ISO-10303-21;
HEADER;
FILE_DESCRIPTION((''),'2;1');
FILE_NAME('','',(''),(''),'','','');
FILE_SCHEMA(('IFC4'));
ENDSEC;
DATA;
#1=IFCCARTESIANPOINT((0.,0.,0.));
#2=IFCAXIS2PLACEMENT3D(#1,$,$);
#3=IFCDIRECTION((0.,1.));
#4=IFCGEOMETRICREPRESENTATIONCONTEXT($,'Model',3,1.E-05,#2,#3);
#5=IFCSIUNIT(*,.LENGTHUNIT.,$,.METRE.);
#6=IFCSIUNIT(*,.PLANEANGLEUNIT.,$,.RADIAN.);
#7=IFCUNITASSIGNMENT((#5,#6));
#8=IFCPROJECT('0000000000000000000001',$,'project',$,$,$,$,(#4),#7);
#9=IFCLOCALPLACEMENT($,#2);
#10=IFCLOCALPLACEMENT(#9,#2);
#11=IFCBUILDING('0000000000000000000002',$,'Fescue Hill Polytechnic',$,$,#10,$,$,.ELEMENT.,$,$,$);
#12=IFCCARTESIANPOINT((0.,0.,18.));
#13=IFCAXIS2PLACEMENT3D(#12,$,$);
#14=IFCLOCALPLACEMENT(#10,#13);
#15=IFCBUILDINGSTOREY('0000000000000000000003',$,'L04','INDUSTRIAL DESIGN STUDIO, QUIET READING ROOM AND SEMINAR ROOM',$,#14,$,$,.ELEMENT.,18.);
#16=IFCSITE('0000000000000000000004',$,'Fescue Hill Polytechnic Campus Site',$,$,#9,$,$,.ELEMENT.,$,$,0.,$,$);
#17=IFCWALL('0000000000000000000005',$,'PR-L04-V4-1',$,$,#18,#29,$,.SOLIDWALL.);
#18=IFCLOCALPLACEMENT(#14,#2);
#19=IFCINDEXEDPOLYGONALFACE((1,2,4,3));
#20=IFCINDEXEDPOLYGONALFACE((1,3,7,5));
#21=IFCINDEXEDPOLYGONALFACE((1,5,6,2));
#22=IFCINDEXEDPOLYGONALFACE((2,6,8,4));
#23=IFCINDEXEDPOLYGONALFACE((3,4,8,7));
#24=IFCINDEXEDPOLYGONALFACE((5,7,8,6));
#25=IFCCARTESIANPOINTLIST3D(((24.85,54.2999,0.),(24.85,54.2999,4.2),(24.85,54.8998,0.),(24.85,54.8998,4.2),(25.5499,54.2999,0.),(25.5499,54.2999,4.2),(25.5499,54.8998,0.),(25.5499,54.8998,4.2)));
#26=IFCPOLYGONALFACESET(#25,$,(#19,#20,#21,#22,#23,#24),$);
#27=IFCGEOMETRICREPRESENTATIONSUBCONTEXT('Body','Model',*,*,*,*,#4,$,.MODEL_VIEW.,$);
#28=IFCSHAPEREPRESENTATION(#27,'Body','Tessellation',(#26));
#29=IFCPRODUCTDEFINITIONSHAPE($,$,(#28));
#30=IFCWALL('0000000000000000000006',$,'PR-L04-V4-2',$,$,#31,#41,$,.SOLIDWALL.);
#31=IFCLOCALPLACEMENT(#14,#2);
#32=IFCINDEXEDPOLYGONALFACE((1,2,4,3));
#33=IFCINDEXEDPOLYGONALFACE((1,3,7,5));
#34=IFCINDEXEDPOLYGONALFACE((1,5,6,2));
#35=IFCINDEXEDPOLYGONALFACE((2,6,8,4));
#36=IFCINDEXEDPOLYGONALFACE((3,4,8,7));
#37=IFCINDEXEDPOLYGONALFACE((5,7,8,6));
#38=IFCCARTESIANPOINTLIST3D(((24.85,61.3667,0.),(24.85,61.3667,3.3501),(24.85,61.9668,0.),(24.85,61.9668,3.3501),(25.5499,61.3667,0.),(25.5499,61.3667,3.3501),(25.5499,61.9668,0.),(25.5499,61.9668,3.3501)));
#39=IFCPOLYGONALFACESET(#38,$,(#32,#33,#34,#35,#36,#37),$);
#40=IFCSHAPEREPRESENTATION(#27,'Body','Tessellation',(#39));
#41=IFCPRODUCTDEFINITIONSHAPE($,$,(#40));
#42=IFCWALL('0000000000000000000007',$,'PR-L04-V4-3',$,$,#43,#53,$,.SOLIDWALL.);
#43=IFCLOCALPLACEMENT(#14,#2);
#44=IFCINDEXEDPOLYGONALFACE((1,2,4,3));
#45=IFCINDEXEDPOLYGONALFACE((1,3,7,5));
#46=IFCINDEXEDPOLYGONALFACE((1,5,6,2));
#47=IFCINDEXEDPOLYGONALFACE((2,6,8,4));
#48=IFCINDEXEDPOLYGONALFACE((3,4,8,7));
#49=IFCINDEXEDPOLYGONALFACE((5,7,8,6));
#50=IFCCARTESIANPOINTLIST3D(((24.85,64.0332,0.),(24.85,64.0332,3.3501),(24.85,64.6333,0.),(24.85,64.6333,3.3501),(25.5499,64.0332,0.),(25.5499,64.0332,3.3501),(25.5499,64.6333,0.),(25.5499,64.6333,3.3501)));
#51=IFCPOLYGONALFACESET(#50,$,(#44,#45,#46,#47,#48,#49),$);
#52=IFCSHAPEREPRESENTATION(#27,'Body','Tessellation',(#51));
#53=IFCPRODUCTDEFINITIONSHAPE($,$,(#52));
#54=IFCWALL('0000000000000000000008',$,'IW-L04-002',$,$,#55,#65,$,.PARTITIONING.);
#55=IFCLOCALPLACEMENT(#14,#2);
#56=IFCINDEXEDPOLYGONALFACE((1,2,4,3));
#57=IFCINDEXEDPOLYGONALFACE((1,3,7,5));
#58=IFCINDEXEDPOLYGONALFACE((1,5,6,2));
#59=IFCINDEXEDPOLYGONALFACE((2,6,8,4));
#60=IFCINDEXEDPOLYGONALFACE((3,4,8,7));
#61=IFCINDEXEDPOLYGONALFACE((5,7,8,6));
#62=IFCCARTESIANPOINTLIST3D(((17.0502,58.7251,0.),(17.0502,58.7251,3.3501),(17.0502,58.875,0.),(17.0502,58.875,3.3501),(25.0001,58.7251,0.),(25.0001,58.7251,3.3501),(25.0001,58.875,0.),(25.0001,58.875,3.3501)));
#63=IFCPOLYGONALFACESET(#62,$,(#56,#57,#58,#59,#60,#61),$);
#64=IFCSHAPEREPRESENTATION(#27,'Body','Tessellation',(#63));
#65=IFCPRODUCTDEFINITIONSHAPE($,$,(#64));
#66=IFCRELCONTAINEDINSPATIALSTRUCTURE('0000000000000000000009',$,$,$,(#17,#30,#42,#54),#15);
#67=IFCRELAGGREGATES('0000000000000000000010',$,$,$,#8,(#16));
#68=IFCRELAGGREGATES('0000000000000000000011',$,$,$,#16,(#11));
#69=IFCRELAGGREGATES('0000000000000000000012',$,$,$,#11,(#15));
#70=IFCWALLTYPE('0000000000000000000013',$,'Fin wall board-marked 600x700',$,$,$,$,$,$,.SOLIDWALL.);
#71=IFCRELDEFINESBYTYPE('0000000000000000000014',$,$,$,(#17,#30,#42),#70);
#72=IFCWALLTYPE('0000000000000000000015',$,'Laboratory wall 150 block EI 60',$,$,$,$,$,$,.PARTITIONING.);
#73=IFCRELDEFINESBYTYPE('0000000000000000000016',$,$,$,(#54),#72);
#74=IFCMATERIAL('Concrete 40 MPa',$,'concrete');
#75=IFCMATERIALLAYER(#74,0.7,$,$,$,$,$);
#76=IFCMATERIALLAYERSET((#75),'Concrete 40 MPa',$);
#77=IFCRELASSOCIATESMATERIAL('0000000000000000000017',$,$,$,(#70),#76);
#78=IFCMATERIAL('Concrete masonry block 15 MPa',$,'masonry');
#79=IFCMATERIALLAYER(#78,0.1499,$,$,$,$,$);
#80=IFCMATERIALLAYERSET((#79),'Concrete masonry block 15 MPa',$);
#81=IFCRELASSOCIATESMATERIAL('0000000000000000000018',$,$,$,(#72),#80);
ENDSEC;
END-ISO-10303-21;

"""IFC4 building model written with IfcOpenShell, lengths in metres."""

from ifc_helpers import new_model, si_unit, direction, frame, frame_2d, origin, place, context, subcontext, project, spatial, rectangle, extrude, material, layer, layer_set, type_object, element, save


model = new_model("IFC4")

# Units and contexts
model_context = context("Model", 3, precision=1e-05, world=origin(), true_north=direction((0.0, 1.0)))
body_context = subcontext(model_context, "Body", "Model", "MODEL_VIEW")
ifc_project = project(units=[si_unit("LENGTHUNIT", "METRE"), si_unit("PLANEANGLEUNIT", "RADIAN")], contexts=[model_context])

# Site, building, storey
site_placement = place(None, origin())
site = spatial("IfcSite", under=ifc_project, at=site_placement, Name="Fescue Hill Polytechnic Campus Site", CompositionType="ELEMENT", RefElevation=0.0)
building_placement = place(site_placement, origin())
building = spatial("IfcBuilding", under=site, at=building_placement, Name="Fescue Hill Polytechnic", CompositionType="ELEMENT")
storey_placement = place(building_placement, frame((0.0, 0.0, 18.0)))
storey = spatial("IfcBuildingStorey", under=building, at=storey_placement, Name="L04", Description="INDUSTRIAL DESIGN STUDIO, QUIET READING ROOM AND SEMINAR ROOM", CompositionType="ELEMENT", Elevation=18.0)

# Shared definitions
ifc_material_1 = material(Name="Concrete 40 MPa", Category="concrete")

# Walls
ifc_layer_1 = layer(ifc_material_1, 0.7)
ifc_layer_set_1 = layer_set([ifc_layer_1], Name="Concrete 40 MPa")
wall_type_1 = type_object("IfcWallType", Name="Fin wall board-marked 600x700", PredefinedType="SOLIDWALL", material=ifc_layer_set_1)
wall_1_placement = place(storey_placement, frame((25.2, 54.3, 0.0), z_axis=(0.0, 0.0, 1.0), x_axis=(0.0, 1.0, 0.0)))
element("IfcWall", 1, at=wall_1_placement, inside=storey, type_object=wall_type_1, Name="PR-L04-V4-1", PredefinedType="SOLIDWALL", context=body_context, shape_type="SweptSolid", body=[
    extrude(rectangle(XDim=0.5999, YDim=0.7, at=frame_2d((0.2998, 0.0))), origin(), (0.0, 0.0, 1.0), 4.2),
])
for number, where, z_axis, x_axis, name in (
    (2, (25.2, 61.3667, 0.0), (0.0, 0.0, 1.0), (0.0, 1.0, 0.0), "PR-L04-V4-2"),
    (3, (25.2, 64.0332, 0.0), (0.0, 0.0, 1.0), (0.0, 1.0, 0.0), "PR-L04-V4-3"),
):
    element("IfcWall", number, at=place(storey_placement, frame(where, z_axis=z_axis, x_axis=x_axis)), inside=storey, type_object=wall_type_1, Name=name, PredefinedType="SOLIDWALL", context=body_context, shape_type="SweptSolid", body=[
        extrude(rectangle(XDim=0.6001, YDim=0.7, at=frame_2d((0.3, 0.0))), origin(), (0.0, 0.0, 1.0), 3.3501),
    ])
ifc_material_2 = material(Name="Concrete masonry block 15 MPa", Category="masonry")
ifc_layer_2 = layer(ifc_material_2, 0.1499)
ifc_layer_set_2 = layer_set([ifc_layer_2], Name="Concrete masonry block 15 MPa")
wall_type_2 = type_object("IfcWallType", Name="Laboratory wall 150 block EI 60", PredefinedType="PARTITIONING", material=ifc_layer_set_2)
wall_2_placement = place(storey_placement, frame((17.05, 58.8, 0.0), z_axis=(0.0, 0.0, 1.0), x_axis=(1.0, 0.0, 0.0)))
element("IfcWall", 4, at=wall_2_placement, inside=storey, type_object=wall_type_2, Name="IW-L04-002", PredefinedType="PARTITIONING", context=body_context, shape_type="SweptSolid", body=[
    extrude(rectangle(XDim=7.95, YDim=0.1499, at=frame_2d((3.9751, 0.0))), origin(), (0.0, 0.0, 1.0), 3.3501),
])

save(model, "model.ifc")
